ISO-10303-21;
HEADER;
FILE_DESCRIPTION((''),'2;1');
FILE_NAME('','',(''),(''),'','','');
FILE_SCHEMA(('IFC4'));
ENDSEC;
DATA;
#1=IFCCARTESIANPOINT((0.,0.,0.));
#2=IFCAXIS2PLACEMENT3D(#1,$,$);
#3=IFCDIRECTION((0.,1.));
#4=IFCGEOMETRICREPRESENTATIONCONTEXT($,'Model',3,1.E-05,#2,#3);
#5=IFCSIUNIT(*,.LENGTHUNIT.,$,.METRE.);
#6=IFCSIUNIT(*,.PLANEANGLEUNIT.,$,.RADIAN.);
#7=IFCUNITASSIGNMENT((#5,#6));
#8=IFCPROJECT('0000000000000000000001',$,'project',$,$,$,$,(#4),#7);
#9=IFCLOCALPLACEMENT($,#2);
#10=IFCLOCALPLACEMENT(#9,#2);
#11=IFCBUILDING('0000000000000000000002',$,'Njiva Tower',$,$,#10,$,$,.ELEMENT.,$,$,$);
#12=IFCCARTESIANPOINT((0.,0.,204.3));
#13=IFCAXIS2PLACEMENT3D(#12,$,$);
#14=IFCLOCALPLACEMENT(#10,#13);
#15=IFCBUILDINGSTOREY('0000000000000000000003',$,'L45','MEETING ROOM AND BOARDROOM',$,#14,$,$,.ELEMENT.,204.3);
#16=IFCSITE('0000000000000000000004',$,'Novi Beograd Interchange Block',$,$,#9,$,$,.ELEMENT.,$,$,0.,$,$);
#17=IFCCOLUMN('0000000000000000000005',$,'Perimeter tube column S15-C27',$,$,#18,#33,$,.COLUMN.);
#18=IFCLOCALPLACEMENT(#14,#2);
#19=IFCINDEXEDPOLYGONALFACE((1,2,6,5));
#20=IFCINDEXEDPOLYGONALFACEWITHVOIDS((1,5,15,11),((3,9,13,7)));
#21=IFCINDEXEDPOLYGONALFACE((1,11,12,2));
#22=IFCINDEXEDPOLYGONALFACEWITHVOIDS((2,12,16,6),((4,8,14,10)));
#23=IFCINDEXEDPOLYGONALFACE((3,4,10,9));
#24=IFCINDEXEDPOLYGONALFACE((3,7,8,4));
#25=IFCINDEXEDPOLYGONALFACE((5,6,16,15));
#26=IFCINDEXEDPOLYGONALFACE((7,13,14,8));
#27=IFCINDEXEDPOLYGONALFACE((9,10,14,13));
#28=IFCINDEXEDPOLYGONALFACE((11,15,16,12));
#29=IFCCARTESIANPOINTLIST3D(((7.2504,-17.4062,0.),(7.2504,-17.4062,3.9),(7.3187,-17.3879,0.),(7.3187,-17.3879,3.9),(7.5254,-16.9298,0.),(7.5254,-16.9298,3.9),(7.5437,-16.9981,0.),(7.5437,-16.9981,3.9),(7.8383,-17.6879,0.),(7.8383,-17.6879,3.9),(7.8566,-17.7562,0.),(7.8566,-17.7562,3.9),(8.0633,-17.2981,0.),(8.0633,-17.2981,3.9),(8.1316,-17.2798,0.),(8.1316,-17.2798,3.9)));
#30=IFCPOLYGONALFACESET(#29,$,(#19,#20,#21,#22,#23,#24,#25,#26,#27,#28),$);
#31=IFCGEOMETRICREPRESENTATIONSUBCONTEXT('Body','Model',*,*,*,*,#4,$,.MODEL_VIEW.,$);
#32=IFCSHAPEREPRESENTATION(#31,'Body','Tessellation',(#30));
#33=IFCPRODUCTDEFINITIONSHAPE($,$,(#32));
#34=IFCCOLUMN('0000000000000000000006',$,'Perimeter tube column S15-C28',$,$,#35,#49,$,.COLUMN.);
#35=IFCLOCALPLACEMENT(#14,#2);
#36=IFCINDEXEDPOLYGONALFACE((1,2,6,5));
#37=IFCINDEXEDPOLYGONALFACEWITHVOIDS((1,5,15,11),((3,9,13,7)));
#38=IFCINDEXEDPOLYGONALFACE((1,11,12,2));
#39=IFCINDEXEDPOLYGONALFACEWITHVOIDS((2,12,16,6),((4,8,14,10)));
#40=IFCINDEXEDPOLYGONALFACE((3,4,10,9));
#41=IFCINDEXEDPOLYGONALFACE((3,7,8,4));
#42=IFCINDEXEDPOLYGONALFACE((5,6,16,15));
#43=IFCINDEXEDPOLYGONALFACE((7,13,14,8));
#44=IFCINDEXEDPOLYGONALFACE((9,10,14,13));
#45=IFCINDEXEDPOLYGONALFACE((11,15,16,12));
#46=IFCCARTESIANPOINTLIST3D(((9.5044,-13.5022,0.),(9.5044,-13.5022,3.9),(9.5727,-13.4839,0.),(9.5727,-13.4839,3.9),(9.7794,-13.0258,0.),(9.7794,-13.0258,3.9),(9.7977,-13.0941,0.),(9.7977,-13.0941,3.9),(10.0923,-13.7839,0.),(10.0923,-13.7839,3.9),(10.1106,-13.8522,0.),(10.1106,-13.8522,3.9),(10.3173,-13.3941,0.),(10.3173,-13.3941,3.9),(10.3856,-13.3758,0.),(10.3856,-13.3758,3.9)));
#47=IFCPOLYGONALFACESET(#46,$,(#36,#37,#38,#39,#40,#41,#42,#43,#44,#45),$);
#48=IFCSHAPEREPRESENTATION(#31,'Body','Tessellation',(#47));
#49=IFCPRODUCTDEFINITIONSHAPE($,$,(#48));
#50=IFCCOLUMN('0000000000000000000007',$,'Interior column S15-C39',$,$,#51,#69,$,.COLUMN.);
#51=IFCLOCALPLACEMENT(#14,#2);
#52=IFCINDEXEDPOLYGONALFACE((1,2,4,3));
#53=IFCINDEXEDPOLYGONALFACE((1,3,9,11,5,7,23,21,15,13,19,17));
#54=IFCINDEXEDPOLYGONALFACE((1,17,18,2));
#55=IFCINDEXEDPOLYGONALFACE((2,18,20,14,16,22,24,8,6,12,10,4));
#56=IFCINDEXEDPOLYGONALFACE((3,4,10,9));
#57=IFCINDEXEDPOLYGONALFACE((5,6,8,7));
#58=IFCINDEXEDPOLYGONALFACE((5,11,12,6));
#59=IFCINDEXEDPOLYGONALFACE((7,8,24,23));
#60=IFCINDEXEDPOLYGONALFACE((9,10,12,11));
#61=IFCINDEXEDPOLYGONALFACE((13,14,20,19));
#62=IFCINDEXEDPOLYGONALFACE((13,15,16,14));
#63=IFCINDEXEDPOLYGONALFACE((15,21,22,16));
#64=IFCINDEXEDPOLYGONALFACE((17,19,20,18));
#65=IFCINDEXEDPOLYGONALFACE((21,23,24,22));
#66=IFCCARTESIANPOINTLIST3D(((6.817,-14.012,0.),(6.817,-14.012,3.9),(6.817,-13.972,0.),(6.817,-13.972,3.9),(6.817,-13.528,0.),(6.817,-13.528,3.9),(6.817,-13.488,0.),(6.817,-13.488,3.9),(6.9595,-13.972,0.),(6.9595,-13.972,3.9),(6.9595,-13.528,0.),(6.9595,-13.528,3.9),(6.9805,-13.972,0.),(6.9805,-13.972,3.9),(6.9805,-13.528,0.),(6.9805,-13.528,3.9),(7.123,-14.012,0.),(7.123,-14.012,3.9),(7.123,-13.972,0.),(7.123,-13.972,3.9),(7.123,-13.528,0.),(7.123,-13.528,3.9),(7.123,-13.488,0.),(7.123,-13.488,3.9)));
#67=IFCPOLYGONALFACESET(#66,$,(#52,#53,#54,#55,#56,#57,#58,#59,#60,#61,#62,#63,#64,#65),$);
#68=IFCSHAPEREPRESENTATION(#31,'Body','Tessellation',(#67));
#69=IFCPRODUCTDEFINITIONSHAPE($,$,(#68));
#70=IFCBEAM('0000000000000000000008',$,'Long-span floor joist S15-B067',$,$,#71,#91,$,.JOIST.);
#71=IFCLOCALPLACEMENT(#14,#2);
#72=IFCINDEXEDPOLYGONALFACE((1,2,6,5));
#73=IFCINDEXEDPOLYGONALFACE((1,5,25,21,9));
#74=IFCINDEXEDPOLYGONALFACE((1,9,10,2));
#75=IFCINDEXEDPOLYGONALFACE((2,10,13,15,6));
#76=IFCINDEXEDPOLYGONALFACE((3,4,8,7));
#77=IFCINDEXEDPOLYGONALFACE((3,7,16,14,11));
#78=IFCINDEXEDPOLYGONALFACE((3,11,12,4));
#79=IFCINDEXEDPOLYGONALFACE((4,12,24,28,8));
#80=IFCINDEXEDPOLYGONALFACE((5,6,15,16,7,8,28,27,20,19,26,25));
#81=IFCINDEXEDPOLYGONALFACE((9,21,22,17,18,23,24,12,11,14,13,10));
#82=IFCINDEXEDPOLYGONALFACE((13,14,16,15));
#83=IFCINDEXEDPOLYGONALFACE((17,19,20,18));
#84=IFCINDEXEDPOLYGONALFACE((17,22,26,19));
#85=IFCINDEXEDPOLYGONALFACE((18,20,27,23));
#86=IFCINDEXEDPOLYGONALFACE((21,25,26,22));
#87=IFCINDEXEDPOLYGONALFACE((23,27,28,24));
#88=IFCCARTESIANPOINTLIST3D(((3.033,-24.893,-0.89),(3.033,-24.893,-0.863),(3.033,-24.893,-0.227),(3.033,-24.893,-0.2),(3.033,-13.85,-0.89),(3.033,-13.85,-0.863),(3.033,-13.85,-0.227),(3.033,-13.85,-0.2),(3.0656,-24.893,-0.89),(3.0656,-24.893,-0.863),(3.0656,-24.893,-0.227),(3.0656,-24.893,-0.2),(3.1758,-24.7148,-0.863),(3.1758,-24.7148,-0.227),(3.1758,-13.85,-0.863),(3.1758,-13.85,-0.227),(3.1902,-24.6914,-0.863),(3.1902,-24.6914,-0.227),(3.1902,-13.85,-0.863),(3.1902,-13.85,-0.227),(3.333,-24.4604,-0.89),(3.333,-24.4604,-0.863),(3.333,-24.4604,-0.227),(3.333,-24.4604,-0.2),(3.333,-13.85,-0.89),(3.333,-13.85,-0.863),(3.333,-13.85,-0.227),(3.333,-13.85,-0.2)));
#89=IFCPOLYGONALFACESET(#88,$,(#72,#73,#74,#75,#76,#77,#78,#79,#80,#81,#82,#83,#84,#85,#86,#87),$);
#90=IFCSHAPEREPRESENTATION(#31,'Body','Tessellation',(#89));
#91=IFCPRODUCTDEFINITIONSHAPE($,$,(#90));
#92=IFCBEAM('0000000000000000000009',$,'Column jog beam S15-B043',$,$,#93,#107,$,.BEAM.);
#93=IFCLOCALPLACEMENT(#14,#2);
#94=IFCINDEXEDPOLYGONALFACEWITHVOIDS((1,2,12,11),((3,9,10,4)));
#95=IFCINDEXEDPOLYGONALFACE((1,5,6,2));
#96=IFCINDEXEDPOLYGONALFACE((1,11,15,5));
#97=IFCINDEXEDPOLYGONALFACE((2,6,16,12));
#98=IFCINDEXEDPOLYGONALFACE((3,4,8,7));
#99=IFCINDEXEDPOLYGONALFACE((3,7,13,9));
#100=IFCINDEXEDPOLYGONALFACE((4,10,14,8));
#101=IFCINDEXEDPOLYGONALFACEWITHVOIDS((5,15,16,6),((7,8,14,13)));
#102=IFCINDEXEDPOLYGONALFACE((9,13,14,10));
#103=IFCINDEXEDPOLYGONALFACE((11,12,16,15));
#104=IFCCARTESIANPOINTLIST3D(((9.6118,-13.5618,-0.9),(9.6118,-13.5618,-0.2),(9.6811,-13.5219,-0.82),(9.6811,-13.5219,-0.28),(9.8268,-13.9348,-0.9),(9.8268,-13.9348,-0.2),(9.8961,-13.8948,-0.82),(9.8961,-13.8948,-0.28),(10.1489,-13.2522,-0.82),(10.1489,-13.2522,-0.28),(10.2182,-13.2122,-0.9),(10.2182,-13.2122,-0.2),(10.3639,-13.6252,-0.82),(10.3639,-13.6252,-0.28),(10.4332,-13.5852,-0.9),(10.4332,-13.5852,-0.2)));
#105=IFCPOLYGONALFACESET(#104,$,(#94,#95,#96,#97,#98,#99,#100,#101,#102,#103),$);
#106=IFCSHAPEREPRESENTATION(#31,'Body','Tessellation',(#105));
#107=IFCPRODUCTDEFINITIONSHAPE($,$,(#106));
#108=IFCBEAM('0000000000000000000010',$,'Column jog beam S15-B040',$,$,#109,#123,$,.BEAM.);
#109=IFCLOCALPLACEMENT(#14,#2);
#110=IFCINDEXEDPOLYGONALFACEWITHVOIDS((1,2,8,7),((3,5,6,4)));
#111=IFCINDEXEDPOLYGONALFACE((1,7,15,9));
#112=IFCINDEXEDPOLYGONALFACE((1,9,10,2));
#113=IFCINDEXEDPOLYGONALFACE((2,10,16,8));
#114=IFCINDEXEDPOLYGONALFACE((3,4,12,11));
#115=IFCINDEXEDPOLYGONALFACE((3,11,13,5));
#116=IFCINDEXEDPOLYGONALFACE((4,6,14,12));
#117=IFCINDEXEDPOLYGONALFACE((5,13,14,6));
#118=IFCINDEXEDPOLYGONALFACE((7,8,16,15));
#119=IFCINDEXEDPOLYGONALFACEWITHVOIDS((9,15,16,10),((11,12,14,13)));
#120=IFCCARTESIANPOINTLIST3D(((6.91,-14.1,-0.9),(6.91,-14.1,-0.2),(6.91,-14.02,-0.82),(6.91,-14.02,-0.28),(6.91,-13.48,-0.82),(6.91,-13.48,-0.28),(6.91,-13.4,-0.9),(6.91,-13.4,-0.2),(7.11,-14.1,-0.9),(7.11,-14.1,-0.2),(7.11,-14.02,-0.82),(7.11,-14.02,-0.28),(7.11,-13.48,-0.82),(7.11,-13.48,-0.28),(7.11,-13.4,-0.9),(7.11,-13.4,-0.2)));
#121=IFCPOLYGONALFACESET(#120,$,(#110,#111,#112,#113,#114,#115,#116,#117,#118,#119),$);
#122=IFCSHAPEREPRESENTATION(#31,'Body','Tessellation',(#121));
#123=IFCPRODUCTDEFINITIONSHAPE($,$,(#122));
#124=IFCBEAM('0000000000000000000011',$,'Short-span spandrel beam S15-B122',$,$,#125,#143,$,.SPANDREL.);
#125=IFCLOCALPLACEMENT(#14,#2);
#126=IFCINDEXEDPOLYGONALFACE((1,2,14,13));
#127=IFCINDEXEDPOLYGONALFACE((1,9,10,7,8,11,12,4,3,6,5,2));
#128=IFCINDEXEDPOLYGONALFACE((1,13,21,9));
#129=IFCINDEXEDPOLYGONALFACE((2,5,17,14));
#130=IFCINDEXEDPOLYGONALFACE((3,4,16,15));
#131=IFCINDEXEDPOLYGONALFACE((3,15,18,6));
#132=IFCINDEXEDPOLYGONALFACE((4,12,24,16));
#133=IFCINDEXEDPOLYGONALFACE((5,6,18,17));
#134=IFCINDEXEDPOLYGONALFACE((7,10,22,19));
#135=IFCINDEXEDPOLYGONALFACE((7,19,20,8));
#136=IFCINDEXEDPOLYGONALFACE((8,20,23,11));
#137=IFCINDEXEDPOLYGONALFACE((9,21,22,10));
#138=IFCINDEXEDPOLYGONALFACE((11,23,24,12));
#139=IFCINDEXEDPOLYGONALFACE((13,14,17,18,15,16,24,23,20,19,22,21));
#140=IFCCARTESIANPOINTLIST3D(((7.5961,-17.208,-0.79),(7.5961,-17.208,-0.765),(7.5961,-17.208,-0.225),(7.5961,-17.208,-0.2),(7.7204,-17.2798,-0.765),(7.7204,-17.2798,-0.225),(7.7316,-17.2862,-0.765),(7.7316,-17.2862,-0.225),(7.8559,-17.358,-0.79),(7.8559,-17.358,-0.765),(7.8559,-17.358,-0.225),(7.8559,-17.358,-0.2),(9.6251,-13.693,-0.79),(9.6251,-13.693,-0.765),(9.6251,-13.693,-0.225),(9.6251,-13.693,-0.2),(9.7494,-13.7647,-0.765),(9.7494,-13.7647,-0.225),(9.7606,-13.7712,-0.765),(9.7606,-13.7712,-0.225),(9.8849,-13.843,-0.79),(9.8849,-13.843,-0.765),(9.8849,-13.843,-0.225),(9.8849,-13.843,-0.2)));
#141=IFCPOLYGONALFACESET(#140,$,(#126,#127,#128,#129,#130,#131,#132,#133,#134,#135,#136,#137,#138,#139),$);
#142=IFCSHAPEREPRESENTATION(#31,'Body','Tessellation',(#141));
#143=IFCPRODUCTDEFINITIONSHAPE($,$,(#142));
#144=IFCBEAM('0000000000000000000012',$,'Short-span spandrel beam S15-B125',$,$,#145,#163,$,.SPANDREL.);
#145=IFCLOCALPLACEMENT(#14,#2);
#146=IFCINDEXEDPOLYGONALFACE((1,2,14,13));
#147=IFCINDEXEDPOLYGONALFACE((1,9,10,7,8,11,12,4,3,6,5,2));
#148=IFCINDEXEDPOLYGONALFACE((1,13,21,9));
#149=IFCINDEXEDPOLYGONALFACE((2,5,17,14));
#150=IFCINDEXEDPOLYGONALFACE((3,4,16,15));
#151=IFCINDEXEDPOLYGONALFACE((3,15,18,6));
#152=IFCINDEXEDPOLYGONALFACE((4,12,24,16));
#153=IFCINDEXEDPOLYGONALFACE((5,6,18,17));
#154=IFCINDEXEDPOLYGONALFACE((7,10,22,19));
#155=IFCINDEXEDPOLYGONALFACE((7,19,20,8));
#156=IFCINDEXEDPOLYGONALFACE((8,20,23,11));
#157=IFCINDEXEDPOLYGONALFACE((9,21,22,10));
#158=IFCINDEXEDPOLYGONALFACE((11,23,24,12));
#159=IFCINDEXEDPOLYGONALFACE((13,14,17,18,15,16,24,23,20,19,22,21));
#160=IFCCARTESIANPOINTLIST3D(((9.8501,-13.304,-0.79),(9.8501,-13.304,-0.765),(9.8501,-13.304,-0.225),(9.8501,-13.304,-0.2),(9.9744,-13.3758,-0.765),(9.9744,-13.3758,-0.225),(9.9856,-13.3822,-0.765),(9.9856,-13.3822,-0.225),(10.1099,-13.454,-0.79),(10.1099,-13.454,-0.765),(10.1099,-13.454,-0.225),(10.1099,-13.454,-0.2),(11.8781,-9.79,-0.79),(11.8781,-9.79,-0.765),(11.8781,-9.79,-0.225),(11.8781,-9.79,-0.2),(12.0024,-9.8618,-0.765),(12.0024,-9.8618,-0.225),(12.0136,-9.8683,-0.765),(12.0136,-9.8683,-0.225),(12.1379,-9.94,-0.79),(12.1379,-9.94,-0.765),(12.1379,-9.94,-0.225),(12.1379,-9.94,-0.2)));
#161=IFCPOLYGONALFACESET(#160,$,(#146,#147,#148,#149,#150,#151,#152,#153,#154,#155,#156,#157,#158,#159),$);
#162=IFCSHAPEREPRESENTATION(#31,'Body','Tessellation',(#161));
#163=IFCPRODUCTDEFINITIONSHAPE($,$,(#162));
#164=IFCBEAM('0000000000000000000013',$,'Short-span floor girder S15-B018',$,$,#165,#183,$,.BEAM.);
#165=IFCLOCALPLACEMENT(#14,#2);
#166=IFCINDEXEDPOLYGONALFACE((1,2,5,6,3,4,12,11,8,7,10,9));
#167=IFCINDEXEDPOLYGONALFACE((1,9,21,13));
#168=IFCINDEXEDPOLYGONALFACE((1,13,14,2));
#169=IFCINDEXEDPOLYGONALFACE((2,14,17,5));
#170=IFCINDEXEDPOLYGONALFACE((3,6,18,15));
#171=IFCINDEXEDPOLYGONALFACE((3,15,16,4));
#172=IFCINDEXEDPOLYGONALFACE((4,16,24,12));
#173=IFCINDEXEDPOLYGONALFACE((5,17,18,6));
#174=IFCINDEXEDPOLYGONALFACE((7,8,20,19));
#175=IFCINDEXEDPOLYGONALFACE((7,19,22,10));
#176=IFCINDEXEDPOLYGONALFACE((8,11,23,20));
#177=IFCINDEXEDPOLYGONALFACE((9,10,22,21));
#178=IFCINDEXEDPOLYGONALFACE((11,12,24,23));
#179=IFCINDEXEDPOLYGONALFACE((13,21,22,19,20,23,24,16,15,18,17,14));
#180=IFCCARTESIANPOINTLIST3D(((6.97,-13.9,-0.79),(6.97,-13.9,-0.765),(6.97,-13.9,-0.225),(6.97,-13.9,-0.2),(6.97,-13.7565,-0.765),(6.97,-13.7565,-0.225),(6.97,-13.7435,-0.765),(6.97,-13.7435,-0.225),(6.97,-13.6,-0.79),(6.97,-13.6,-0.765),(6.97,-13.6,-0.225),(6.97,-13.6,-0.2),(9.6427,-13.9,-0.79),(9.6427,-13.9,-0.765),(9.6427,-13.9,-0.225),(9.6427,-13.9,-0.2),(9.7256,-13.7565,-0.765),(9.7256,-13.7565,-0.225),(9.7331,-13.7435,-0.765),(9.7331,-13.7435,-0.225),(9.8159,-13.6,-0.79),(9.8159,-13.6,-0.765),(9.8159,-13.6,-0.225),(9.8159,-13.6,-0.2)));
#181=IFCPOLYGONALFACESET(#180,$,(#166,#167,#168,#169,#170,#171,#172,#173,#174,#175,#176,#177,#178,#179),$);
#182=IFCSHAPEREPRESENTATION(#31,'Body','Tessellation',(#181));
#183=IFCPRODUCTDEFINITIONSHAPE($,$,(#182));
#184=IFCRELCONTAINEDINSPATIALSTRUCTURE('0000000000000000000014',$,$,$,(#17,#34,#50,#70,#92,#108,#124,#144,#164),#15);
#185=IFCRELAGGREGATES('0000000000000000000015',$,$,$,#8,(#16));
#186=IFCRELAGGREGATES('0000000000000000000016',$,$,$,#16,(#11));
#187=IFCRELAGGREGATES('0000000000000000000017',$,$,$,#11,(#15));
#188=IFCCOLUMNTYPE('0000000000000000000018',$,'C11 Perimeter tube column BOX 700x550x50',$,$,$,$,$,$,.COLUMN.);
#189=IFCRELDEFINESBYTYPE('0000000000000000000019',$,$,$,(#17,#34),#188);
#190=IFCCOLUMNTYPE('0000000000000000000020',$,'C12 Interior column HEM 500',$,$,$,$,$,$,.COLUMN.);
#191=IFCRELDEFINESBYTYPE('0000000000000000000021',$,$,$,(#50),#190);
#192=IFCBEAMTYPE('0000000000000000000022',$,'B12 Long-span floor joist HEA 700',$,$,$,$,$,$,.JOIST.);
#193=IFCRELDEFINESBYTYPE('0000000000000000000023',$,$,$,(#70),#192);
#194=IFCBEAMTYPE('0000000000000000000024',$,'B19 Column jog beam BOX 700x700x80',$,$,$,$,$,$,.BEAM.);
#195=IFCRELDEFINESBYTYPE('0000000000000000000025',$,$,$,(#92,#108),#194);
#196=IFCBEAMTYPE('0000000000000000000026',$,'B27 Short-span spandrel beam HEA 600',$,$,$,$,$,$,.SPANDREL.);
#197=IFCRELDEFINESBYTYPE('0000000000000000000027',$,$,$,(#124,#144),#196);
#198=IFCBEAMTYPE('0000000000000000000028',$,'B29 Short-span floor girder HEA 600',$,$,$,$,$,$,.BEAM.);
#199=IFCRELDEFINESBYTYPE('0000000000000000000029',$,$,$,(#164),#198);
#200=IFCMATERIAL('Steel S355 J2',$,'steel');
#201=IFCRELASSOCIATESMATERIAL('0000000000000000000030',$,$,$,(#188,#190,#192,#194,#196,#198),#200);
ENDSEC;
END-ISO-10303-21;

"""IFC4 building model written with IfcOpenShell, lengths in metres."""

from ifc_helpers import new_model, si_unit, direction, frame, origin, origin_2d, place, context, subcontext, project, spatial, hollow_rectangle, i_section, extrude, clip, halfspace, material, material_profile, profile_set, type_object, element, save


model = new_model("IFC4")

# Units and contexts
model_context = context("Model", 3, precision=1e-05, world=origin(), true_north=direction((0.0, 1.0)))
body_context = subcontext(model_context, "Body", "Model", "MODEL_VIEW")
ifc_project = project(units=[si_unit("LENGTHUNIT", "METRE"), si_unit("PLANEANGLEUNIT", "RADIAN")], contexts=[model_context])

# Site, building, storey
site_placement = place(None, origin())
site = spatial("IfcSite", under=ifc_project, at=site_placement, Name="Novi Beograd Interchange Block", CompositionType="ELEMENT", RefElevation=0.0)
building_placement = place(site_placement, origin())
building = spatial("IfcBuilding", under=site, at=building_placement, Name="Njiva Tower", CompositionType="ELEMENT")
storey_placement = place(building_placement, frame((0.0, 0.0, 204.3)))
storey = spatial("IfcBuildingStorey", under=building, at=storey_placement, Name="L45", Description="MEETING ROOM AND BOARDROOM", CompositionType="ELEMENT", Elevation=204.3)

# Columns
ifc_material_1 = material(Name="Steel S355 J2", Category="steel")
ifc_material_profile_1 = material_profile(ifc_material_1, hollow_rectangle(XDim=0.55, YDim=0.7, WallThickness=0.05, at=origin_2d()), Name="BOX 700x550x50")
ifc_profile_set_1 = profile_set([ifc_material_profile_1], Name="Steel S355 J2")
column_type_1 = type_object("IfcColumnType", Name="C11 Perimeter tube column BOX 700x550x50", PredefinedType="COLUMN", material=ifc_profile_set_1)
for number, where, z_axis, x_axis, name in (
    (1, (7.691, -17.343, 0.0), (0.0, 0.0, 1.0), (0.5, 0.866025, 0.0), "Perimeter tube column S15-C27"),
    (2, (9.945, -13.439, 0.0), (0.0, 0.0, 1.0), (0.5, 0.866025, 0.0), "Perimeter tube column S15-C28"),
):
    element("IfcColumn", number, at=place(storey_placement, frame(where, z_axis=z_axis, x_axis=x_axis)), inside=storey, type_object=column_type_1, Name=name, PredefinedType="COLUMN", context=body_context, shape_type="SweptSolid", body=[
        extrude(hollow_rectangle(XDim=0.55, YDim=0.7, WallThickness=0.05, at=origin_2d()), origin(), (0.0, 0.0, 1.0), 3.9),
    ])
ifc_material_profile_2 = material_profile(ifc_material_1, i_section(OverallWidth=0.306, OverallDepth=0.524, WebThickness=0.021, FlangeThickness=0.04, at=origin_2d()), Name="HEM 500")
ifc_profile_set_2 = profile_set([ifc_material_profile_2], Name="Steel S355 J2")
column_type_2 = type_object("IfcColumnType", Name="C12 Interior column HEM 500", PredefinedType="COLUMN", material=ifc_profile_set_2)
column_placement = place(storey_placement, frame((6.97, -13.75, 0.0), z_axis=(0.0, 0.0, 1.0), x_axis=(1.0, 0.0, 0.0)))
element("IfcColumn", 3, at=column_placement, inside=storey, type_object=column_type_2, Name="Interior column S15-C39", PredefinedType="COLUMN", context=body_context, shape_type="SweptSolid", body=[
    extrude(i_section(OverallWidth=0.306, OverallDepth=0.524, WebThickness=0.021, FlangeThickness=0.04, at=origin_2d()), origin(), (0.0, 0.0, 1.0), 3.9),
])

# Beams
ifc_material_profile_3 = material_profile(ifc_material_1, i_section(OverallWidth=0.3, OverallDepth=0.69, WebThickness=0.0145, FlangeThickness=0.027, at=origin_2d()), Name="HEA 700")
ifc_profile_set_3 = profile_set([ifc_material_profile_3], Name="Steel S355 J2")
beam_type_1 = type_object("IfcBeamType", Name="B12 Long-span floor joist HEA 700", PredefinedType="JOIST", material=ifc_profile_set_3)
beam_1_placement = place(storey_placement, frame((3.183, -13.85, -0.545), z_axis=(0.0, -1.0, 0.0), x_axis=(1.0, 0.0, 0.0)))
element("IfcBeam", 4, at=beam_1_placement, inside=storey, type_object=beam_type_1, Name="Long-span floor joist S15-B067", PredefinedType="JOIST", context=body_context, shape_type="Clipping", body=[
    clip(extrude(i_section(OverallWidth=0.3, OverallDepth=0.69, WebThickness=0.0145, FlangeThickness=0.027, at=origin_2d()), origin(), (0.0, 0.0, 1.0), 11.043), halfspace(frame((0.0429, 0.0, 10.7837), z_axis=(0.85062, 0.0, 0.52578), x_axis=(0.0, 1.0, 0.0)), False)),
])
ifc_material_profile_4 = material_profile(ifc_material_1, hollow_rectangle(XDim=0.7, YDim=0.7, WallThickness=0.08, at=origin_2d()), Name="BOX 700x700x80")
ifc_profile_set_4 = profile_set([ifc_material_profile_4], Name="Steel S355 J2")
beam_type_2 = type_object("IfcBeamType", Name="B19 Column jog beam BOX 700x700x80", PredefinedType="BEAM", material=ifc_profile_set_4)
beam_2_placement = place(storey_placement, frame((10.13, -13.76, -0.55), z_axis=(-0.499387, 0.866379, 0.0), x_axis=(-0.866379, -0.499387, 0.0)))
element("IfcBeam", 5, at=beam_2_placement, inside=storey, type_object=beam_type_2, Name="Column jog beam S15-B043", PredefinedType="BEAM", context=body_context, shape_type="SweptSolid", body=[
    extrude(hollow_rectangle(XDim=0.7, YDim=0.7, WallThickness=0.08, at=origin_2d()), origin(), (0.0, 0.0, 1.0), 0.4305),
])
beam_3_placement = place(storey_placement, frame((7.11, -13.75, -0.55), z_axis=(-1.0, 0.0, 0.0), x_axis=(0.0, -1.0, 0.0)))
element("IfcBeam", 6, at=beam_3_placement, inside=storey, type_object=beam_type_2, Name="Column jog beam S15-B040", PredefinedType="BEAM", context=body_context, shape_type="SweptSolid", body=[
    extrude(hollow_rectangle(XDim=0.7, YDim=0.7, WallThickness=0.08, at=origin_2d()), origin(), (0.0, 0.0, 1.0), 0.2),
])
ifc_material_profile_5 = material_profile(ifc_material_1, i_section(OverallWidth=0.3, OverallDepth=0.59, WebThickness=0.013, FlangeThickness=0.025, at=origin_2d()), Name="HEA 600")
ifc_profile_set_5 = profile_set([ifc_material_profile_5], Name="Steel S355 J2")
beam_type_3 = type_object("IfcBeamType", Name="B27 Short-span spandrel beam HEA 600", PredefinedType="SPANDREL", material=ifc_profile_set_5)
beam_4_placement = place(storey_placement, frame((7.726, -17.283, -0.495), z_axis=(0.499929, 0.866067, 0.0), x_axis=(-0.866067, 0.499929, 0.0)))
element("IfcBeam", 7, at=beam_4_placement, inside=storey, type_object=beam_type_3, Name="Short-span spandrel beam S15-B122", PredefinedType="SPANDREL", context=body_context, shape_type="SweptSolid", body=[
    extrude(i_section(OverallWidth=0.3, OverallDepth=0.59, WebThickness=0.013, FlangeThickness=0.025, at=origin_2d()), origin(), (0.0, 0.0, 1.0), 4.0586),
])
beam_5_placement = place(storey_placement, frame((9.98, -13.379, -0.495), z_axis=(0.49985, 0.866112, 0.0), x_axis=(-0.866112, 0.49985, 0.0)))
element("IfcBeam", 8, at=beam_5_placement, inside=storey, type_object=beam_type_3, Name="Short-span spandrel beam S15-B125", PredefinedType="SPANDREL", context=body_context, shape_type="SweptSolid", body=[
    extrude(i_section(OverallWidth=0.3, OverallDepth=0.59, WebThickness=0.013, FlangeThickness=0.025, at=origin_2d()), origin(), (0.0, 0.0, 1.0), 4.0572),
])
ifc_material_profile_6 = material_profile(ifc_material_1, i_section(OverallWidth=0.3, OverallDepth=0.59, WebThickness=0.013, FlangeThickness=0.025, at=origin_2d()), Name="HEA 600")
ifc_profile_set_6 = profile_set([ifc_material_profile_6], Name="Steel S355 J2")
beam_type_4 = type_object("IfcBeamType", Name="B29 Short-span floor girder HEA 600", PredefinedType="BEAM", material=ifc_profile_set_6)
beam_6_placement = place(storey_placement, frame((6.97, -13.75, -0.495), z_axis=(1.0, 0.0, 0.0), x_axis=(0.0, 1.0, 0.0)))
element("IfcBeam", 9, at=beam_6_placement, inside=storey, type_object=beam_type_4, Name="Short-span floor girder S15-B018", PredefinedType="BEAM", context=body_context, shape_type="Clipping", body=[
    clip(extrude(i_section(OverallWidth=0.3, OverallDepth=0.59, WebThickness=0.013, FlangeThickness=0.025, at=origin_2d()), origin(), (0.0, 0.0, 1.0), 2.866), halfspace(frame((-0.025, 0.0, 2.7449), z_axis=(-0.499998, 0.0, 0.866027), x_axis=(0.0, 1.0, 0.0)), False)),
])

save(model, "model.ifc")
